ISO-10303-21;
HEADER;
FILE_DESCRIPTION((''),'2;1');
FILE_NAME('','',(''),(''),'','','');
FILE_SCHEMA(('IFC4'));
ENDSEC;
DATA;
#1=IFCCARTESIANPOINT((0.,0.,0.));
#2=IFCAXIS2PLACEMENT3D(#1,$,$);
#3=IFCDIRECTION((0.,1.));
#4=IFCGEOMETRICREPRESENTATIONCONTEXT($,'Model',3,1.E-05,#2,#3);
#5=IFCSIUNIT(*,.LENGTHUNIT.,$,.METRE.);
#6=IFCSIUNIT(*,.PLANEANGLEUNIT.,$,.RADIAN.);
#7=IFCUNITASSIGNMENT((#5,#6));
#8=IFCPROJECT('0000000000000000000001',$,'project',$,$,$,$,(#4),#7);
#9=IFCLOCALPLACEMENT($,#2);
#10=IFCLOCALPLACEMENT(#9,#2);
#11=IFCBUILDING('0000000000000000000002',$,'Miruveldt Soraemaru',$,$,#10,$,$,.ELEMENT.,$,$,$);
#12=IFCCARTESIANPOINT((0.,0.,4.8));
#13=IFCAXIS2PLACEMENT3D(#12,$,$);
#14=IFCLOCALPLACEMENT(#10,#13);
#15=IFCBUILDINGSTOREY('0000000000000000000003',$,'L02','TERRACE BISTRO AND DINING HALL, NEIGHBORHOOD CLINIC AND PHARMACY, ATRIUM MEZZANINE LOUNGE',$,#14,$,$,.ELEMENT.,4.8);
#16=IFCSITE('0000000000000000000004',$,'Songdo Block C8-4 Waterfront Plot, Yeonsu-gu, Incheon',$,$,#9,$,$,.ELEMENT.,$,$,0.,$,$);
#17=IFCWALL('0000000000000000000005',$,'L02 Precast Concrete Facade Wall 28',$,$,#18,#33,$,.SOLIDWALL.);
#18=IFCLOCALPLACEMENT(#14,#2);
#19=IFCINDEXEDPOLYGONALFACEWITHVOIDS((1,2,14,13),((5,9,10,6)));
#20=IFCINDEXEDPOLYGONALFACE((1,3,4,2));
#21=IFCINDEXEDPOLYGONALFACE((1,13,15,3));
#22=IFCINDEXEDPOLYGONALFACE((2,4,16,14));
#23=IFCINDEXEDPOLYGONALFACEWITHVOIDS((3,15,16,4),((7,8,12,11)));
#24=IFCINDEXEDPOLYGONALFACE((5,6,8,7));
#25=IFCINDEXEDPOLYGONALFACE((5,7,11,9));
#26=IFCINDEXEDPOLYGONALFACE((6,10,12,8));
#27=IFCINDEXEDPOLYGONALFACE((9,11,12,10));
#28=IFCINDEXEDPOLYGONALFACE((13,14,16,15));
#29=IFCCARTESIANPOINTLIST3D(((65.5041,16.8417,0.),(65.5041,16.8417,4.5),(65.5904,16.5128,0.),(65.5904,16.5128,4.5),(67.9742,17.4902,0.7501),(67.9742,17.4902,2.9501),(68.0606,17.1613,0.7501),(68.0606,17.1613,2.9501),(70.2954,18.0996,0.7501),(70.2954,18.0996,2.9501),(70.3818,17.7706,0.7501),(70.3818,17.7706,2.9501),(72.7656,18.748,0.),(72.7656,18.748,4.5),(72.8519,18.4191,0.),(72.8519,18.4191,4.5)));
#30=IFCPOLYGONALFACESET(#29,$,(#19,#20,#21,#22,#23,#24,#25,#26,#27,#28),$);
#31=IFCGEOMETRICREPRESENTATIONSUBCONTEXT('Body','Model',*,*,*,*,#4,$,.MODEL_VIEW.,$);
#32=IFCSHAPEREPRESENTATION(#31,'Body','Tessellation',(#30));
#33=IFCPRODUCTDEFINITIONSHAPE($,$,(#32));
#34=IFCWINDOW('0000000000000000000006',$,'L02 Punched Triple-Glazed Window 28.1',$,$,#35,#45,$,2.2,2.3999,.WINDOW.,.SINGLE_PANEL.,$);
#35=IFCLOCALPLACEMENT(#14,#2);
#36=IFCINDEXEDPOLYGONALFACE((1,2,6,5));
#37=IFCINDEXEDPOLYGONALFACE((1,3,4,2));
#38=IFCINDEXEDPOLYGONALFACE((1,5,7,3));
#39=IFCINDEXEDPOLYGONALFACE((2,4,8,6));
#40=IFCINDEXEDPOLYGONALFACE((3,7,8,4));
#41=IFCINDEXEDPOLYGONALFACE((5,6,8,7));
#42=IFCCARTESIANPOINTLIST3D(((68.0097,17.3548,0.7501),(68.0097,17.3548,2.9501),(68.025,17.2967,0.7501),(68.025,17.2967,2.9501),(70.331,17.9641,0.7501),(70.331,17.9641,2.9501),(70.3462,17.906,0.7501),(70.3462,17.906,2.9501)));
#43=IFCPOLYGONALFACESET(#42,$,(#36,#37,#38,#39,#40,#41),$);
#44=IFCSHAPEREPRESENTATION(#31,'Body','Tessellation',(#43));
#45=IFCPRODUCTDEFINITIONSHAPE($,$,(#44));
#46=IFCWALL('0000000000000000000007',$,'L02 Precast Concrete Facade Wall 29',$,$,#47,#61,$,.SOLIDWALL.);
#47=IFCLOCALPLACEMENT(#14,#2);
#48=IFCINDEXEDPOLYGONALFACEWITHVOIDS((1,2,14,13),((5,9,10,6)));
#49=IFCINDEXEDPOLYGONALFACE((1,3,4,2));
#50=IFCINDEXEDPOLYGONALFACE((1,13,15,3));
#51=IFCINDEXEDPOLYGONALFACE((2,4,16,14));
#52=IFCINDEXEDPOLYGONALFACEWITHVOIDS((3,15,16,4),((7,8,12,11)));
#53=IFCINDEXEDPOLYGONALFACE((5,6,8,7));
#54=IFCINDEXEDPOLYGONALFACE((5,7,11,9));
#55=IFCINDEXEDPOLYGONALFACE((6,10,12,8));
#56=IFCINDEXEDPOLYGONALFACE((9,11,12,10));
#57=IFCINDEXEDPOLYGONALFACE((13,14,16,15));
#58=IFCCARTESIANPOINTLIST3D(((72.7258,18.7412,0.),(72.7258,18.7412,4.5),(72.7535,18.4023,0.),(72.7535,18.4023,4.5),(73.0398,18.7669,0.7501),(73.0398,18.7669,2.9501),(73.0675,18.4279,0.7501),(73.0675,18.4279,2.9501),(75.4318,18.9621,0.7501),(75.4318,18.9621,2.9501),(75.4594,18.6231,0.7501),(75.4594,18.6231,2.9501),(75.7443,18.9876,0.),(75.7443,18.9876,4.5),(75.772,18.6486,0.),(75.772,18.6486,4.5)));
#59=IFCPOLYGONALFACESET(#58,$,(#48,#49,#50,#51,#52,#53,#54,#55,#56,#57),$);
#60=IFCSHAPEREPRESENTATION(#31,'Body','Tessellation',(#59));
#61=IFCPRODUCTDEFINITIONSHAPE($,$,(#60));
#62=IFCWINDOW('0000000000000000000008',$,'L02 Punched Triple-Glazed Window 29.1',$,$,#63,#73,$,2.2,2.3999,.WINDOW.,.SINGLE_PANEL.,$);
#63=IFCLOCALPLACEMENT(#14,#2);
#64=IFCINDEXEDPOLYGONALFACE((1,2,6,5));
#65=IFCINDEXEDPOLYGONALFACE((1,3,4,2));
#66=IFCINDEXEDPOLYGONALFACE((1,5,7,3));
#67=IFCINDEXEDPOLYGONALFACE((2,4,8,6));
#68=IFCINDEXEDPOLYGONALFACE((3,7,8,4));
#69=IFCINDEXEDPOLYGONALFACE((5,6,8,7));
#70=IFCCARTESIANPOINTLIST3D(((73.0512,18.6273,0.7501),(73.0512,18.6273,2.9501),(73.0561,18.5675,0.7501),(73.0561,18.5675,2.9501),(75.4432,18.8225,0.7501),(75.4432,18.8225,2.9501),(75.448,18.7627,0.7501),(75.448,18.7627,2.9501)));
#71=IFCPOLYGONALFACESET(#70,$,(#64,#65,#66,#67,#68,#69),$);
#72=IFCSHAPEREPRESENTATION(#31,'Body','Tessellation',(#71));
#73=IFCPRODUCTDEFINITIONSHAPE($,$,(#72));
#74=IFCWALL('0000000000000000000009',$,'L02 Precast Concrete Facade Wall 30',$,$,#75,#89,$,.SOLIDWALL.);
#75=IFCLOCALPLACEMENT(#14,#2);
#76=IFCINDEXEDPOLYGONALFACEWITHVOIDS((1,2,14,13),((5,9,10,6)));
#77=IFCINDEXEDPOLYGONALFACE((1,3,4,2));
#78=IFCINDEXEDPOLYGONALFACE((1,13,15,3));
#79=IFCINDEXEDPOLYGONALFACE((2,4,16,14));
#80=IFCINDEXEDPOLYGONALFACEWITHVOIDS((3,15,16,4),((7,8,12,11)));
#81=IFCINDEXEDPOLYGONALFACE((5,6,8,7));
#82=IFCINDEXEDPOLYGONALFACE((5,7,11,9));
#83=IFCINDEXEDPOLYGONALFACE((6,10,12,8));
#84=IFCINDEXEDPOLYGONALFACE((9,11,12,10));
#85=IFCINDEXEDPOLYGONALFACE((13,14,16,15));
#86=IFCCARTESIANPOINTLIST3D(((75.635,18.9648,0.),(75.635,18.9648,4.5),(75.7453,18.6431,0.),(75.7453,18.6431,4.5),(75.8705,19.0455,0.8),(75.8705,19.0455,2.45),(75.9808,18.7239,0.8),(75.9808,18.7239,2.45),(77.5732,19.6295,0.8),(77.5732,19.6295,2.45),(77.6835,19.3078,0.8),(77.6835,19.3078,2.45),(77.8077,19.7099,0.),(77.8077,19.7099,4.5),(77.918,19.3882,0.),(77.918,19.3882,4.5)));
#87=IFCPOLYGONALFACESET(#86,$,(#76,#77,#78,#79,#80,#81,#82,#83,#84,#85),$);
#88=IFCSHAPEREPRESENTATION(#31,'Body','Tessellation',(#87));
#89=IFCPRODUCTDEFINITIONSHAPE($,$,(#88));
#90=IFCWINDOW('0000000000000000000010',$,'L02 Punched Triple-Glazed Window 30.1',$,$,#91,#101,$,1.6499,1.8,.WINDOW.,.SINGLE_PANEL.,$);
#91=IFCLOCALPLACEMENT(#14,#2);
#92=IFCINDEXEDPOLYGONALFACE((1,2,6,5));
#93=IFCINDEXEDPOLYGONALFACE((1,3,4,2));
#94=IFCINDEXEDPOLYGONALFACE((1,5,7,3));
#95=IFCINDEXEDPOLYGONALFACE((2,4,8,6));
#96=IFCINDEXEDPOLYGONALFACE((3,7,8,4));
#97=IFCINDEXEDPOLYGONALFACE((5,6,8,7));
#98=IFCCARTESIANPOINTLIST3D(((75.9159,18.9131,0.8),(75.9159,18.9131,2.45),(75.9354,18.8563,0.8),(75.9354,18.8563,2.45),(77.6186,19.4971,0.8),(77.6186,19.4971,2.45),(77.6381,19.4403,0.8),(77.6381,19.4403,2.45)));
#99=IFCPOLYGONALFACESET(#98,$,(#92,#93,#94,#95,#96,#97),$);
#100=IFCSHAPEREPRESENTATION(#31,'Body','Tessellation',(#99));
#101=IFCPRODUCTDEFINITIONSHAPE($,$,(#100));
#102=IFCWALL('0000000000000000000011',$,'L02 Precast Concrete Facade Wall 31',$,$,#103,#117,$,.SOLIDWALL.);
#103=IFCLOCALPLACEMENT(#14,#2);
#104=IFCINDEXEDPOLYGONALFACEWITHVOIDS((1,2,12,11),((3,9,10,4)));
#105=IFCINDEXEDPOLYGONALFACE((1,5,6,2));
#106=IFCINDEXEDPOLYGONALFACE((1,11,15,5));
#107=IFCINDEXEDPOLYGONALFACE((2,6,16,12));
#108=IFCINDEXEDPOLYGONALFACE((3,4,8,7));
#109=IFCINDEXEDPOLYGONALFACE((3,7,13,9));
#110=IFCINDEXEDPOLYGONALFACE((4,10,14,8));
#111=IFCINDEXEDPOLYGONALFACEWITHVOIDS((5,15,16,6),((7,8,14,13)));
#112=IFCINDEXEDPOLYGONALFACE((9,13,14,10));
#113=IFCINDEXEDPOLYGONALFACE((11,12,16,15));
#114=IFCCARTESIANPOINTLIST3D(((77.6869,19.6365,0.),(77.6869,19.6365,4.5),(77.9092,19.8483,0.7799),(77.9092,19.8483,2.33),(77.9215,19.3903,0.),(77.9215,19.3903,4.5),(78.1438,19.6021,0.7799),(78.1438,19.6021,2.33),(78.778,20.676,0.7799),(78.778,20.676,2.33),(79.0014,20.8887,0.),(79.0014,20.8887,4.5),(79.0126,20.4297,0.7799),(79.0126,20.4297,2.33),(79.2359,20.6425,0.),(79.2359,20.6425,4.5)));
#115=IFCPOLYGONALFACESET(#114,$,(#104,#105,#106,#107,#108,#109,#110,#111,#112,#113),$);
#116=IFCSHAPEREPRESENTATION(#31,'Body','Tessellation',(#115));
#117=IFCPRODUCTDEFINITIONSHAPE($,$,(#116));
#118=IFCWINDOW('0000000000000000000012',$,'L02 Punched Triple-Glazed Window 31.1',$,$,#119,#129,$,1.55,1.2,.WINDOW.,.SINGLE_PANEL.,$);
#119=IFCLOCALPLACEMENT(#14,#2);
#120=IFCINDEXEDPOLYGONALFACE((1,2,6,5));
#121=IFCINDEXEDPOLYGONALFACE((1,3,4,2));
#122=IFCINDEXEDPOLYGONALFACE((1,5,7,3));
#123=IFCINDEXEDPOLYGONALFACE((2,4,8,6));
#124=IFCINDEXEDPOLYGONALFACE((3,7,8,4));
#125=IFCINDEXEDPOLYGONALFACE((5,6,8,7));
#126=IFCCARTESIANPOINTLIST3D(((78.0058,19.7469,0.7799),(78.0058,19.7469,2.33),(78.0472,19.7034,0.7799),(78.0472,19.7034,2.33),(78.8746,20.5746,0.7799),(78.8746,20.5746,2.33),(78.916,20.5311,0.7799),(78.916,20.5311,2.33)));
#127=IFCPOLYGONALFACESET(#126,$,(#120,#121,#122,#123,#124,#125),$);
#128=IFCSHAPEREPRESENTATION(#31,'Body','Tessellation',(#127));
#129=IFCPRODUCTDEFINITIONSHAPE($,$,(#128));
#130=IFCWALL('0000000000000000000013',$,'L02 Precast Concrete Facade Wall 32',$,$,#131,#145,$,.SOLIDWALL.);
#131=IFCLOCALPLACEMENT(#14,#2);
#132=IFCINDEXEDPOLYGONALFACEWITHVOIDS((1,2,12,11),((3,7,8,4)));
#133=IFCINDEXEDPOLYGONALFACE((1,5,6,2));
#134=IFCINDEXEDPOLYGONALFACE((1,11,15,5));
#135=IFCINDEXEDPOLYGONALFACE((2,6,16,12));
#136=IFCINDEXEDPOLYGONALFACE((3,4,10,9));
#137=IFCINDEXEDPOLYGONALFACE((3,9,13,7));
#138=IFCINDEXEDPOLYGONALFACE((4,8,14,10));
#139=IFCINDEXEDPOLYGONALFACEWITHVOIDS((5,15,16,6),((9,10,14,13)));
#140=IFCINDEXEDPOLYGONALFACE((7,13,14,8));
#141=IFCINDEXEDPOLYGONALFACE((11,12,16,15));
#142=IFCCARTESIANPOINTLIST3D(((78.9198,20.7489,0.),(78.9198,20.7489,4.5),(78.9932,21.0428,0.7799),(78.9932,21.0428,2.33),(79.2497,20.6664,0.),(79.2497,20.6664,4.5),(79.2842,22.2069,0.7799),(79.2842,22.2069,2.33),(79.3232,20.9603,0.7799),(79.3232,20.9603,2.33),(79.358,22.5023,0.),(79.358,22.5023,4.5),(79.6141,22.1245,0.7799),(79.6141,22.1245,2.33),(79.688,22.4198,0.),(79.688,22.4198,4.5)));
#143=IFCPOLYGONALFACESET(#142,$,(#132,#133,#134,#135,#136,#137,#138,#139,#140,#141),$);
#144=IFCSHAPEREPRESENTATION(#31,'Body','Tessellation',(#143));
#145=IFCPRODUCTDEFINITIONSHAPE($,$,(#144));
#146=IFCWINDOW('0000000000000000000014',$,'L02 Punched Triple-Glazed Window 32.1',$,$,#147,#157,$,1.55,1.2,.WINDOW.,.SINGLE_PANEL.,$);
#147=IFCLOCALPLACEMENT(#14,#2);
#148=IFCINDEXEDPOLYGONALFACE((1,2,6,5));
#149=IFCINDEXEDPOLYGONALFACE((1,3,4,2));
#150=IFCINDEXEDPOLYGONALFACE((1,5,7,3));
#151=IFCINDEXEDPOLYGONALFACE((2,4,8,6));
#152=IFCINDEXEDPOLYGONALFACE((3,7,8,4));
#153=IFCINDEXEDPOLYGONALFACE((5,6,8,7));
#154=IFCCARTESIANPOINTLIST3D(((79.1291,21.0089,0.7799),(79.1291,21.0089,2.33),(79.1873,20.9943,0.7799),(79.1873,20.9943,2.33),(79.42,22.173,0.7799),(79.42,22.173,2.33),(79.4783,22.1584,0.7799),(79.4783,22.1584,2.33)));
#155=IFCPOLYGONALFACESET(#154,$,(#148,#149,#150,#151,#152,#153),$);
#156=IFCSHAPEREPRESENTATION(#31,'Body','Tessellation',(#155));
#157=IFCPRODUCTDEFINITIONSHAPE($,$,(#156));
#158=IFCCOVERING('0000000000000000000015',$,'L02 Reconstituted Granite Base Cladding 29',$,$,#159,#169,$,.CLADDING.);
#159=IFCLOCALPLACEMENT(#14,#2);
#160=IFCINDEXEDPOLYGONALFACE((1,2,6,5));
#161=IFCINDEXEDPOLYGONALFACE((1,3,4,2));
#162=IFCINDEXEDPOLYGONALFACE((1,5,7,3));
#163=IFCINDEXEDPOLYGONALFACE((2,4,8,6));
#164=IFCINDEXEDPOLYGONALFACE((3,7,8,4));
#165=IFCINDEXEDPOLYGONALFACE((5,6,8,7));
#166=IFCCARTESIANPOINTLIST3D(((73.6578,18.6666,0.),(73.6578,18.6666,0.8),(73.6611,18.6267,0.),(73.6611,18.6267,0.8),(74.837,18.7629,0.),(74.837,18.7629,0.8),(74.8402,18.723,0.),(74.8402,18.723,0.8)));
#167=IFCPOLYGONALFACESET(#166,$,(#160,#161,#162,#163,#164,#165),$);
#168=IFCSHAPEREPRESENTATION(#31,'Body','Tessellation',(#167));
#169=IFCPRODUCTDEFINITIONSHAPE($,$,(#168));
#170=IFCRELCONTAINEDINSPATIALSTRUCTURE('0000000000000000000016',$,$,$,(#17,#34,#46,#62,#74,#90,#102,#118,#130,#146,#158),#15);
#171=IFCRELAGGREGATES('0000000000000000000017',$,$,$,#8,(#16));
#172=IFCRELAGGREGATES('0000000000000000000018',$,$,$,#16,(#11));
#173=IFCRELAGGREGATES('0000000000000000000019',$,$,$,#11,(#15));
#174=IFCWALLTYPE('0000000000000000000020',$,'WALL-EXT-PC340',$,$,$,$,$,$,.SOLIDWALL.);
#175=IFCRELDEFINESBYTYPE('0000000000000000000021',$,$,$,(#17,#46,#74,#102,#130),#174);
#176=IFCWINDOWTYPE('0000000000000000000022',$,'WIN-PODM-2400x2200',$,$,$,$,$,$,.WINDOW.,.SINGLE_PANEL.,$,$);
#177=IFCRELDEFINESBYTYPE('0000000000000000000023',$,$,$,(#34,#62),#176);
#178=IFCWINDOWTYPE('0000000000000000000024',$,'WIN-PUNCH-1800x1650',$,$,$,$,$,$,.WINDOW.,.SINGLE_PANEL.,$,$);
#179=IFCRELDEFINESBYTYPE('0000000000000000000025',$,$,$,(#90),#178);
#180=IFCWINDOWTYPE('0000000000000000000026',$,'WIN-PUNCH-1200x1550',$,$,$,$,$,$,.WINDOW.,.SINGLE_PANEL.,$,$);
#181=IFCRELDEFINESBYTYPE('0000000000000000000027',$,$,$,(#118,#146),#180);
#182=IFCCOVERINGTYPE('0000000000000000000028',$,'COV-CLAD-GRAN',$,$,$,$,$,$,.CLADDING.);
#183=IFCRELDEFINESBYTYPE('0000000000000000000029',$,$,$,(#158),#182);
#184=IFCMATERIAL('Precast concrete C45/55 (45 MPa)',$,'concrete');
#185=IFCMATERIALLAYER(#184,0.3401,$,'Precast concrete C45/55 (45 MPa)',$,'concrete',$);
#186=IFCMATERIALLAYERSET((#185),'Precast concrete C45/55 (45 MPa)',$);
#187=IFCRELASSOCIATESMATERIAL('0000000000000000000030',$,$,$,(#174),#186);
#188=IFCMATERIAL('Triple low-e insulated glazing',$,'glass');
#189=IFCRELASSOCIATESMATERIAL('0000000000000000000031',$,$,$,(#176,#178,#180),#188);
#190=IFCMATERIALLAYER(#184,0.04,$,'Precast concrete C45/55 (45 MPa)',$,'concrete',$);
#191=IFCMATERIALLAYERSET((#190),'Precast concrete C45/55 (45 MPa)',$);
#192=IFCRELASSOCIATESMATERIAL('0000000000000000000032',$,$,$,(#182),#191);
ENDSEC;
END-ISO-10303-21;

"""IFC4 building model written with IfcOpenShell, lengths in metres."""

from ifc_helpers import new_model, si_unit, direction, frame, frame_2d, origin, origin_2d, place, context, subcontext, project, spatial, rectangle, extrude, material, layer, layer_set, type_object, element, fill, save


model = new_model("IFC4")

# Units and contexts
model_context = context("Model", 3, precision=1e-05, world=origin(), true_north=direction((0.0, 1.0)))
body_context = subcontext(model_context, "Body", "Model", "MODEL_VIEW")
ifc_project = project(units=[si_unit("LENGTHUNIT", "METRE"), si_unit("PLANEANGLEUNIT", "RADIAN")], contexts=[model_context])

# Site, building, storey
site_placement = place(None, origin())
site = spatial("IfcSite", under=ifc_project, at=site_placement, Name="Songdo Block C8-4 Waterfront Plot, Yeonsu-gu, Incheon", CompositionType="ELEMENT", RefElevation=0.0)
building_placement = place(site_placement, origin())
building = spatial("IfcBuilding", under=site, at=building_placement, Name="Miruveldt Soraemaru", CompositionType="ELEMENT")
storey_placement = place(building_placement, frame((0.0, 0.0, 4.8)))
storey = spatial("IfcBuildingStorey", under=building, at=storey_placement, Name="L02", Description="TERRACE BISTRO AND DINING HALL, NEIGHBORHOOD CLINIC AND PHARMACY, ATRIUM MEZZANINE LOUNGE", CompositionType="ELEMENT", Elevation=4.8)

# Walls, openings, windows
ifc_material_1 = material(Name="Precast concrete C45/55 (45 MPa)", Category="concrete")
ifc_layer_1 = layer(ifc_material_1, 0.3401, Name="Precast concrete C45/55 (45 MPa)", Category="concrete")
ifc_layer_set_1 = layer_set([ifc_layer_1], Name="Precast concrete C45/55 (45 MPa)")
wall_type = type_object("IfcWallType", Name="WALL-EXT-PC340", PredefinedType="SOLIDWALL", material=ifc_layer_set_1)
ifc_material_2 = material(Name="Triple low-e insulated glazing", Category="glass")
window_type_1 = type_object("IfcWindowType", Name="WIN-PODM-2400x2200", PartitioningType="SINGLE_PANEL", PredefinedType="WINDOW", material=ifc_material_2)
wall_1_placement = place(storey_placement, frame((65.5471, 16.6772, 0.0), z_axis=(0.0, 0.0, 1.0), x_axis=(0.967227, 0.253912, 0.0)))
wall_1 = element("IfcWall", 1, at=wall_1_placement, inside=storey, type_object=wall_type, Name="L02 Precast Concrete Facade Wall 28", PredefinedType="SOLIDWALL", context=body_context, shape_type="SweptSolid", body=[
    extrude(rectangle(XDim=7.5076, YDim=0.3401, at=frame_2d((3.7539, 0.0))), origin(), (0.0, 0.0, 1.0), 4.5),
])
opening_1_placement = place(wall_1_placement, frame((2.554, 0.0, 0.75)))
opening_1 = element("IfcOpeningElement", 2, at=opening_1_placement, cuts=wall_1, PredefinedType="OPENING", context=body_context, shape_type="SweptSolid", body=[
    extrude(rectangle(XDim=2.3999, YDim=2.2, at=frame_2d((1.2, 1.1001))), frame((0.0, 0.1802, 0.0), z_axis=(0.0, -1.0, 0.0), x_axis=(1.0, 0.0, 0.0)), (0.0, 0.0, 1.0), 0.3601),
])
window_1_placement = place(opening_1_placement, origin())
window_1 = element("IfcWindow", 3, at=window_1_placement, inside=storey, type_object=window_type_1, Name="L02 Punched Triple-Glazed Window 28.1", OverallHeight=2.2, OverallWidth=2.3999, PartitioningType="SINGLE_PANEL", PredefinedType="WINDOW", context=body_context, shape_type="SweptSolid", body=[
    extrude(rectangle(XDim=2.3999, YDim=2.2, at=frame_2d((1.2, 1.1001))), frame((0.0, 0.03, 0.0), z_axis=(0.0, -1.0, 0.0), x_axis=(1.0, 0.0, 0.0)), (0.0, 0.0, 1.0), 0.0601),
])
fill(opening_1, window_1)
wall_2_placement = place(storey_placement, frame((72.7397, 18.5718, 0.0), z_axis=(0.0, 0.0, 1.0), x_axis=(0.996687, 0.081337, 0.0)))
wall_2 = element("IfcWall", 4, at=wall_2_placement, inside=storey, type_object=wall_type, Name="L02 Precast Concrete Facade Wall 29", PredefinedType="SOLIDWALL", context=body_context, shape_type="SweptSolid", body=[
    extrude(rectangle(XDim=3.0286, YDim=0.3401, at=frame_2d((1.5142, 0.0))), origin(), (0.0, 0.0, 1.0), 4.5),
])
opening_2_placement = place(wall_2_placement, frame((0.3149, 0.0, 0.75)))
opening_2 = element("IfcOpeningElement", 5, at=opening_2_placement, cuts=wall_2, PredefinedType="OPENING", context=body_context, shape_type="SweptSolid", body=[
    extrude(rectangle(XDim=2.3999, YDim=2.2, at=frame_2d((1.2, 1.1001))), frame((0.0, 0.1802, 0.0), z_axis=(0.0, -1.0, 0.0), x_axis=(1.0, 0.0, 0.0)), (0.0, 0.0, 1.0), 0.3601),
])
window_2_placement = place(opening_2_placement, origin())
window_2 = element("IfcWindow", 6, at=window_2_placement, inside=storey, type_object=window_type_1, Name="L02 Punched Triple-Glazed Window 29.1", OverallHeight=2.2, OverallWidth=2.3999, PartitioningType="SINGLE_PANEL", PredefinedType="WINDOW", context=body_context, shape_type="SweptSolid", body=[
    extrude(rectangle(XDim=2.3999, YDim=2.2, at=frame_2d((1.2, 1.1001))), frame((0.0, 0.03, 0.0), z_axis=(0.0, -1.0, 0.0), x_axis=(1.0, 0.0, 0.0)), (0.0, 0.0, 1.0), 0.0601),
])
fill(opening_2, window_2)
wall_3_placement = place(storey_placement, frame((75.6902, 18.804, 0.0), z_axis=(0.0, 0.0, 1.0), x_axis=(0.945916, 0.324411, 0.0)))
wall_3 = element("IfcWall", 7, at=wall_3_placement, inside=storey, type_object=wall_type, Name="L02 Precast Concrete Facade Wall 30", PredefinedType="SOLIDWALL", context=body_context, shape_type="SweptSolid", body=[
    extrude(rectangle(XDim=2.2969, YDim=0.3401, at=frame_2d((1.1484, 0.0))), origin(), (0.0, 0.0, 1.0), 4.5),
])
opening_3_placement = place(wall_3_placement, frame((0.249, 0.0, 0.8)))
opening_3 = element("IfcOpeningElement", 8, at=opening_3_placement, cuts=wall_3, PredefinedType="OPENING", context=body_context, shape_type="SweptSolid", body=[
    extrude(rectangle(XDim=1.8, YDim=1.6499, at=frame_2d((0.8999, 0.825))), frame((0.0, 0.1802, 0.0), z_axis=(0.0, -1.0, 0.0), x_axis=(1.0, 0.0, 0.0)), (0.0, 0.0, 1.0), 0.3601),
])
window_type_2 = type_object("IfcWindowType", Name="WIN-PUNCH-1800x1650", PartitioningType="SINGLE_PANEL", PredefinedType="WINDOW", material=ifc_material_2)
window_3_placement = place(opening_3_placement, origin())
window_3 = element("IfcWindow", 9, at=window_3_placement, inside=storey, type_object=window_type_2, Name="L02 Punched Triple-Glazed Window 30.1", OverallHeight=1.6499, OverallWidth=1.8, PartitioningType="SINGLE_PANEL", PredefinedType="WINDOW", context=body_context, shape_type="SweptSolid", body=[
    extrude(rectangle(XDim=1.8, YDim=1.6499, at=frame_2d((0.8999, 0.825))), frame((0.0, 0.03, 0.0), z_axis=(0.0, -1.0, 0.0), x_axis=(1.0, 0.0, 0.0)), (0.0, 0.0, 1.0), 0.0601),
])
fill(opening_3, window_3)
wall_4_placement = place(storey_placement, frame((77.8042, 19.5134, 0.0), z_axis=(0.0, 0.0, 1.0), x_axis=(0.724045, 0.689753, 0.0)))
wall_4 = element("IfcWall", 10, at=wall_4_placement, inside=storey, type_object=wall_type, Name="L02 Precast Concrete Facade Wall 31", PredefinedType="SOLIDWALL", context=body_context, shape_type="SweptSolid", body=[
    extrude(rectangle(XDim=1.8154, YDim=0.3401, at=frame_2d((0.9077, 0.0))), origin(), (0.0, 0.0, 1.0), 4.5),
])
opening_4_placement = place(wall_4_placement, frame((0.3069, 0.0, 0.78)))
opening_4 = element("IfcOpeningElement", 11, at=opening_4_placement, cuts=wall_4, PredefinedType="OPENING", context=body_context, shape_type="SweptSolid", body=[
    extrude(rectangle(XDim=1.2, YDim=1.55, at=frame_2d((0.6001, 0.7749))), frame((0.0, 0.1802, 0.0), z_axis=(0.0, -1.0, 0.0), x_axis=(1.0, 0.0, 0.0)), (0.0, 0.0, 1.0), 0.3601),
])
window_type_3 = type_object("IfcWindowType", Name="WIN-PUNCH-1200x1550", PartitioningType="SINGLE_PANEL", PredefinedType="WINDOW", material=ifc_material_2)
window_4_placement = place(opening_4_placement, origin())
window_4 = element("IfcWindow", 12, at=window_4_placement, inside=storey, type_object=window_type_3, Name="L02 Punched Triple-Glazed Window 31.1", OverallHeight=1.55, OverallWidth=1.2, PartitioningType="SINGLE_PANEL", PredefinedType="WINDOW", context=body_context, shape_type="SweptSolid", body=[
    extrude(rectangle(XDim=1.2, YDim=1.55, at=frame_2d((0.6001, 0.7749))), frame((0.0, 0.03, 0.0), z_axis=(0.0, -1.0, 0.0), x_axis=(1.0, 0.0, 0.0)), (0.0, 0.0, 1.0), 0.0601),
])
fill(opening_4, window_4)
wall_5_placement = place(storey_placement, frame((79.0847, 20.7075, 0.0), z_axis=(0.0, 0.0, 1.0), x_axis=(0.242472, 0.970158, 0.0)))
wall_5 = element("IfcWall", 13, at=wall_5_placement, inside=storey, type_object=wall_type, Name="L02 Precast Concrete Facade Wall 32", PredefinedType="SOLIDWALL", context=body_context, shape_type="SweptSolid", body=[
    extrude(rectangle(XDim=1.8074, YDim=0.3401, at=frame_2d((0.9038, 0.0))), origin(), (0.0, 0.0, 1.0), 4.5),
])
opening_5_placement = place(wall_5_placement, frame((0.303, 0.0, 0.78)))
opening_5 = element("IfcOpeningElement", 14, at=opening_5_placement, cuts=wall_5, PredefinedType="OPENING", context=body_context, shape_type="SweptSolid", body=[
    extrude(rectangle(XDim=1.2, YDim=1.55, at=frame_2d((0.6001, 0.7749))), frame((0.0, 0.1802, 0.0), z_axis=(0.0, -1.0, 0.0), x_axis=(1.0, 0.0, 0.0)), (0.0, 0.0, 1.0), 0.3601),
])
window_5_placement = place(opening_5_placement, origin())
window_5 = element("IfcWindow", 15, at=window_5_placement, inside=storey, type_object=window_type_3, Name="L02 Punched Triple-Glazed Window 32.1", OverallHeight=1.55, OverallWidth=1.2, PartitioningType="SINGLE_PANEL", PredefinedType="WINDOW", context=body_context, shape_type="SweptSolid", body=[
    extrude(rectangle(XDim=1.2, YDim=1.55, at=frame_2d((0.6001, 0.7749))), frame((0.0, 0.03, 0.0), z_axis=(0.0, -1.0, 0.0), x_axis=(1.0, 0.0, 0.0)), (0.0, 0.0, 1.0), 0.0601),
])
fill(opening_5, window_5)

# Covering
ifc_layer_2 = layer(ifc_material_1, 0.04, Name="Precast concrete C45/55 (45 MPa)", Category="concrete")
ifc_layer_set_2 = layer_set([ifc_layer_2], Name="Precast concrete C45/55 (45 MPa)")
covering_type = type_object("IfcCoveringType", Name="COV-CLAD-GRAN", PredefinedType="CLADDING", material=ifc_layer_set_2)
covering_placement = place(storey_placement, frame((74.249, 18.6948, 0.0), z_axis=(0.0, 0.0, 1.0), x_axis=(0.996682, 0.081399, 0.0)))
element("IfcCovering", 16, at=covering_placement, inside=storey, type_object=covering_type, Name="L02 Reconstituted Granite Base Cladding 29", PredefinedType="CLADDING", context=body_context, shape_type="SweptSolid", body=[
    extrude(rectangle(XDim=1.1831, YDim=0.04, at=origin_2d()), origin(), (0.0, 0.0, 1.0), 0.8),
])

save(model, "model.ifc")
